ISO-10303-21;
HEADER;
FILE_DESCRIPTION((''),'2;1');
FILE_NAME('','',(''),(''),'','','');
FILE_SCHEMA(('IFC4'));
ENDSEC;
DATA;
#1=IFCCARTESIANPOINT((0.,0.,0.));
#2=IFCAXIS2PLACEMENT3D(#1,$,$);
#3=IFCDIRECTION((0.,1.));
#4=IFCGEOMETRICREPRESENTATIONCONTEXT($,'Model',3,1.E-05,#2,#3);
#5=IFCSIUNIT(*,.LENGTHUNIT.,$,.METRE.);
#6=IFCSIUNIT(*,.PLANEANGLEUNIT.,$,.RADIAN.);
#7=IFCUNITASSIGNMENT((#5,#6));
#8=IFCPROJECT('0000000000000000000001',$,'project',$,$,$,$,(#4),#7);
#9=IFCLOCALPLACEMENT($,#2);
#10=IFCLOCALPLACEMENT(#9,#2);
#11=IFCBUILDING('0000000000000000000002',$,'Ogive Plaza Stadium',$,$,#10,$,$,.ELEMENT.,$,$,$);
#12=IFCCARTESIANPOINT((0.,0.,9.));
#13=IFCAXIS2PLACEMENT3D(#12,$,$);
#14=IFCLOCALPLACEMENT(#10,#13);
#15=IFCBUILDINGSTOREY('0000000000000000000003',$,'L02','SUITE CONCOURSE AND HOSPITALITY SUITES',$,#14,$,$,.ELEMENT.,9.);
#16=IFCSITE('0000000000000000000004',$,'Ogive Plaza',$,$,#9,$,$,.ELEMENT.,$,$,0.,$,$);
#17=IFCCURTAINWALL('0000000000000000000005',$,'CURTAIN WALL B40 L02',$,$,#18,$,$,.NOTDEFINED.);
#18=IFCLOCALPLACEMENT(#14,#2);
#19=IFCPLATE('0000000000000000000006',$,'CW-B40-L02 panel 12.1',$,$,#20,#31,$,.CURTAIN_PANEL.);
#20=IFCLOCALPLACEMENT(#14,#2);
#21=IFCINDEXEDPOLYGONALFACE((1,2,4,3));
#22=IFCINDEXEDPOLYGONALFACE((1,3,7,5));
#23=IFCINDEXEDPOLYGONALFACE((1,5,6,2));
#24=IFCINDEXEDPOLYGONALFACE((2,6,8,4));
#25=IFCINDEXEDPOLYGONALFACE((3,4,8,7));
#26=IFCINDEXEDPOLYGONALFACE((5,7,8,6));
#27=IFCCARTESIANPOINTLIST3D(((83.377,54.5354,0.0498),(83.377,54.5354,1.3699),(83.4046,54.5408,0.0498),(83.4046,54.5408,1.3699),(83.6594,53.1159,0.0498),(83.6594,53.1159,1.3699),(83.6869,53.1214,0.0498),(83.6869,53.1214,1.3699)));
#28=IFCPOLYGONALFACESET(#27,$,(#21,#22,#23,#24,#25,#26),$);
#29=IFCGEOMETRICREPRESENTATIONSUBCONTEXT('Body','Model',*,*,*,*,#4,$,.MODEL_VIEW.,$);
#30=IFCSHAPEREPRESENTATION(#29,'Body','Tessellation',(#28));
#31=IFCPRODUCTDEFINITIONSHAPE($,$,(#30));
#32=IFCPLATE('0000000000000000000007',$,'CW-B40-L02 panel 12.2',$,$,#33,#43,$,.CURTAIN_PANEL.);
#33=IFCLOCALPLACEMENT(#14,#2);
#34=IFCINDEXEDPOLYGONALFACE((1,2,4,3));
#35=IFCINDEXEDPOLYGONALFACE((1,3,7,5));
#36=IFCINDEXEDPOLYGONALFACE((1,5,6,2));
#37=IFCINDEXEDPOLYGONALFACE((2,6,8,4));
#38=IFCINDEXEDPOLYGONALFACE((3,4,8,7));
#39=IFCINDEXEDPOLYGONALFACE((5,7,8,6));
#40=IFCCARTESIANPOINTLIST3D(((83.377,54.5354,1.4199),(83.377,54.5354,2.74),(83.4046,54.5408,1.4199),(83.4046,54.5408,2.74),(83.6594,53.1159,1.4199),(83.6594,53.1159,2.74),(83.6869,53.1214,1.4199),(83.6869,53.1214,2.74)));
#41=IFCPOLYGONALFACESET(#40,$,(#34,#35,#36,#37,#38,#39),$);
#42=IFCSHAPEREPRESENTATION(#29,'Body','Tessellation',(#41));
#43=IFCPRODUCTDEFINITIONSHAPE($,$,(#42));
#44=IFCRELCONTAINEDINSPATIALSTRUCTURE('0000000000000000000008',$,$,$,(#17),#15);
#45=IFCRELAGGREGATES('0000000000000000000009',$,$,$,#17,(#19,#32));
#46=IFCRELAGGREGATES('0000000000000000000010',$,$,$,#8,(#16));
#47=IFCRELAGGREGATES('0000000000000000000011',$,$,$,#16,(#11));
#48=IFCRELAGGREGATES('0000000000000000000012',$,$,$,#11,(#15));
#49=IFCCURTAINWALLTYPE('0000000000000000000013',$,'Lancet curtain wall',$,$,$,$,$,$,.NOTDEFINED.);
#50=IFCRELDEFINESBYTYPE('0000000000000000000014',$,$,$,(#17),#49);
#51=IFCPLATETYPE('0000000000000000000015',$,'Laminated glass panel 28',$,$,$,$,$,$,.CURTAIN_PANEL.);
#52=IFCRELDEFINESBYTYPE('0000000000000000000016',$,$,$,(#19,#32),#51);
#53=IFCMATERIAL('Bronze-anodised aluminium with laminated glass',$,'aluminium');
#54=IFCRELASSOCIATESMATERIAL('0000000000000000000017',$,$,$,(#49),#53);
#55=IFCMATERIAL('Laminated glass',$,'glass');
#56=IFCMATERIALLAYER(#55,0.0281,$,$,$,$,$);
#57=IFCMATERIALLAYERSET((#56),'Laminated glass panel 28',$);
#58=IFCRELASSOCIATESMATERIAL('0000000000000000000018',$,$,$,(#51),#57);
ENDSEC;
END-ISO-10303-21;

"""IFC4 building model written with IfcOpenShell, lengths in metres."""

from ifc_helpers import new_model, si_unit, direction, frame, origin, origin_2d, place, context, subcontext, project, spatial, rectangle, extrude, material, layer, layer_set, type_object, element, aggregate, save


model = new_model("IFC4")

# Units and contexts
model_context = context("Model", 3, precision=1e-05, world=origin(), true_north=direction((0.0, 1.0)))
body_context = subcontext(model_context, "Body", "Model", "MODEL_VIEW")
ifc_project = project(units=[si_unit("LENGTHUNIT", "METRE"), si_unit("PLANEANGLEUNIT", "RADIAN")], contexts=[model_context])

# Site, building, storey
site_placement = place(None, origin())
site = spatial("IfcSite", under=ifc_project, at=site_placement, Name="Ogive Plaza", CompositionType="ELEMENT", RefElevation=0.0)
building_placement = place(site_placement, origin())
building = spatial("IfcBuilding", under=site, at=building_placement, Name="Ogive Plaza Stadium", CompositionType="ELEMENT")
storey_placement = place(building_placement, frame((0.0, 0.0, 9.0)))
storey = spatial("IfcBuildingStorey", under=building, at=storey_placement, Name="L02", Description="SUITE CONCOURSE AND HOSPITALITY SUITES", CompositionType="ELEMENT", Elevation=9.0)

# Shared definitions
ifc_material_1 = material(Name="Bronze-anodised aluminium with laminated glass", Category="aluminium")
curtain_wall_type = type_object("IfcCurtainWallType", Name="Lancet curtain wall", PredefinedType="NOTDEFINED", material=ifc_material_1)

# Curtain wall
curtain_wall_1_placement = place(storey_placement, origin())
curtain_wall_1 = element("IfcCurtainWall", 1, at=curtain_wall_1_placement, inside=storey, type_object=curtain_wall_type, Name="CURTAIN WALL B40 L02", PredefinedType="NOTDEFINED")

# Plates
ifc_material_2 = material(Name="Laminated glass", Category="glass")
ifc_layer = layer(ifc_material_2, 0.0281)
ifc_layer_set = layer_set([ifc_layer], Name="Laminated glass panel 28")
plate_type = type_object("IfcPlateType", Name="Laminated glass panel 28", PredefinedType="CURTAIN_PANEL", material=ifc_layer_set)
plate_1_placement = place(storey_placement, frame((83.532, 53.8284, 0.0498), z_axis=(0.0, 0.0, 1.0), x_axis=(0.19509, -0.980785, 0.0)))
plate_1 = element("IfcPlate", 2, at=plate_1_placement, type_object=plate_type, Name="CW-B40-L02 panel 12.1", PredefinedType="CURTAIN_PANEL", context=body_context, shape_type="SweptSolid", body=[
    extrude(rectangle(XDim=1.4473, YDim=0.0281, at=origin_2d()), origin(), (0.0, 0.0, 1.0), 1.3201),
])
plate_2_placement = place(storey_placement, frame((83.532, 53.8284, 1.4199), z_axis=(0.0, 0.0, 1.0), x_axis=(0.19509, -0.980785, 0.0)))
plate_2 = element("IfcPlate", 3, at=plate_2_placement, type_object=plate_type, Name="CW-B40-L02 panel 12.2", PredefinedType="CURTAIN_PANEL", context=body_context, shape_type="SweptSolid", body=[
    extrude(rectangle(XDim=1.4473, YDim=0.0281, at=origin_2d()), origin(), (0.0, 0.0, 1.0), 1.3201),
])
aggregate(curtain_wall_1, [plate_1, plate_2])

save(model, "model.ifc")
